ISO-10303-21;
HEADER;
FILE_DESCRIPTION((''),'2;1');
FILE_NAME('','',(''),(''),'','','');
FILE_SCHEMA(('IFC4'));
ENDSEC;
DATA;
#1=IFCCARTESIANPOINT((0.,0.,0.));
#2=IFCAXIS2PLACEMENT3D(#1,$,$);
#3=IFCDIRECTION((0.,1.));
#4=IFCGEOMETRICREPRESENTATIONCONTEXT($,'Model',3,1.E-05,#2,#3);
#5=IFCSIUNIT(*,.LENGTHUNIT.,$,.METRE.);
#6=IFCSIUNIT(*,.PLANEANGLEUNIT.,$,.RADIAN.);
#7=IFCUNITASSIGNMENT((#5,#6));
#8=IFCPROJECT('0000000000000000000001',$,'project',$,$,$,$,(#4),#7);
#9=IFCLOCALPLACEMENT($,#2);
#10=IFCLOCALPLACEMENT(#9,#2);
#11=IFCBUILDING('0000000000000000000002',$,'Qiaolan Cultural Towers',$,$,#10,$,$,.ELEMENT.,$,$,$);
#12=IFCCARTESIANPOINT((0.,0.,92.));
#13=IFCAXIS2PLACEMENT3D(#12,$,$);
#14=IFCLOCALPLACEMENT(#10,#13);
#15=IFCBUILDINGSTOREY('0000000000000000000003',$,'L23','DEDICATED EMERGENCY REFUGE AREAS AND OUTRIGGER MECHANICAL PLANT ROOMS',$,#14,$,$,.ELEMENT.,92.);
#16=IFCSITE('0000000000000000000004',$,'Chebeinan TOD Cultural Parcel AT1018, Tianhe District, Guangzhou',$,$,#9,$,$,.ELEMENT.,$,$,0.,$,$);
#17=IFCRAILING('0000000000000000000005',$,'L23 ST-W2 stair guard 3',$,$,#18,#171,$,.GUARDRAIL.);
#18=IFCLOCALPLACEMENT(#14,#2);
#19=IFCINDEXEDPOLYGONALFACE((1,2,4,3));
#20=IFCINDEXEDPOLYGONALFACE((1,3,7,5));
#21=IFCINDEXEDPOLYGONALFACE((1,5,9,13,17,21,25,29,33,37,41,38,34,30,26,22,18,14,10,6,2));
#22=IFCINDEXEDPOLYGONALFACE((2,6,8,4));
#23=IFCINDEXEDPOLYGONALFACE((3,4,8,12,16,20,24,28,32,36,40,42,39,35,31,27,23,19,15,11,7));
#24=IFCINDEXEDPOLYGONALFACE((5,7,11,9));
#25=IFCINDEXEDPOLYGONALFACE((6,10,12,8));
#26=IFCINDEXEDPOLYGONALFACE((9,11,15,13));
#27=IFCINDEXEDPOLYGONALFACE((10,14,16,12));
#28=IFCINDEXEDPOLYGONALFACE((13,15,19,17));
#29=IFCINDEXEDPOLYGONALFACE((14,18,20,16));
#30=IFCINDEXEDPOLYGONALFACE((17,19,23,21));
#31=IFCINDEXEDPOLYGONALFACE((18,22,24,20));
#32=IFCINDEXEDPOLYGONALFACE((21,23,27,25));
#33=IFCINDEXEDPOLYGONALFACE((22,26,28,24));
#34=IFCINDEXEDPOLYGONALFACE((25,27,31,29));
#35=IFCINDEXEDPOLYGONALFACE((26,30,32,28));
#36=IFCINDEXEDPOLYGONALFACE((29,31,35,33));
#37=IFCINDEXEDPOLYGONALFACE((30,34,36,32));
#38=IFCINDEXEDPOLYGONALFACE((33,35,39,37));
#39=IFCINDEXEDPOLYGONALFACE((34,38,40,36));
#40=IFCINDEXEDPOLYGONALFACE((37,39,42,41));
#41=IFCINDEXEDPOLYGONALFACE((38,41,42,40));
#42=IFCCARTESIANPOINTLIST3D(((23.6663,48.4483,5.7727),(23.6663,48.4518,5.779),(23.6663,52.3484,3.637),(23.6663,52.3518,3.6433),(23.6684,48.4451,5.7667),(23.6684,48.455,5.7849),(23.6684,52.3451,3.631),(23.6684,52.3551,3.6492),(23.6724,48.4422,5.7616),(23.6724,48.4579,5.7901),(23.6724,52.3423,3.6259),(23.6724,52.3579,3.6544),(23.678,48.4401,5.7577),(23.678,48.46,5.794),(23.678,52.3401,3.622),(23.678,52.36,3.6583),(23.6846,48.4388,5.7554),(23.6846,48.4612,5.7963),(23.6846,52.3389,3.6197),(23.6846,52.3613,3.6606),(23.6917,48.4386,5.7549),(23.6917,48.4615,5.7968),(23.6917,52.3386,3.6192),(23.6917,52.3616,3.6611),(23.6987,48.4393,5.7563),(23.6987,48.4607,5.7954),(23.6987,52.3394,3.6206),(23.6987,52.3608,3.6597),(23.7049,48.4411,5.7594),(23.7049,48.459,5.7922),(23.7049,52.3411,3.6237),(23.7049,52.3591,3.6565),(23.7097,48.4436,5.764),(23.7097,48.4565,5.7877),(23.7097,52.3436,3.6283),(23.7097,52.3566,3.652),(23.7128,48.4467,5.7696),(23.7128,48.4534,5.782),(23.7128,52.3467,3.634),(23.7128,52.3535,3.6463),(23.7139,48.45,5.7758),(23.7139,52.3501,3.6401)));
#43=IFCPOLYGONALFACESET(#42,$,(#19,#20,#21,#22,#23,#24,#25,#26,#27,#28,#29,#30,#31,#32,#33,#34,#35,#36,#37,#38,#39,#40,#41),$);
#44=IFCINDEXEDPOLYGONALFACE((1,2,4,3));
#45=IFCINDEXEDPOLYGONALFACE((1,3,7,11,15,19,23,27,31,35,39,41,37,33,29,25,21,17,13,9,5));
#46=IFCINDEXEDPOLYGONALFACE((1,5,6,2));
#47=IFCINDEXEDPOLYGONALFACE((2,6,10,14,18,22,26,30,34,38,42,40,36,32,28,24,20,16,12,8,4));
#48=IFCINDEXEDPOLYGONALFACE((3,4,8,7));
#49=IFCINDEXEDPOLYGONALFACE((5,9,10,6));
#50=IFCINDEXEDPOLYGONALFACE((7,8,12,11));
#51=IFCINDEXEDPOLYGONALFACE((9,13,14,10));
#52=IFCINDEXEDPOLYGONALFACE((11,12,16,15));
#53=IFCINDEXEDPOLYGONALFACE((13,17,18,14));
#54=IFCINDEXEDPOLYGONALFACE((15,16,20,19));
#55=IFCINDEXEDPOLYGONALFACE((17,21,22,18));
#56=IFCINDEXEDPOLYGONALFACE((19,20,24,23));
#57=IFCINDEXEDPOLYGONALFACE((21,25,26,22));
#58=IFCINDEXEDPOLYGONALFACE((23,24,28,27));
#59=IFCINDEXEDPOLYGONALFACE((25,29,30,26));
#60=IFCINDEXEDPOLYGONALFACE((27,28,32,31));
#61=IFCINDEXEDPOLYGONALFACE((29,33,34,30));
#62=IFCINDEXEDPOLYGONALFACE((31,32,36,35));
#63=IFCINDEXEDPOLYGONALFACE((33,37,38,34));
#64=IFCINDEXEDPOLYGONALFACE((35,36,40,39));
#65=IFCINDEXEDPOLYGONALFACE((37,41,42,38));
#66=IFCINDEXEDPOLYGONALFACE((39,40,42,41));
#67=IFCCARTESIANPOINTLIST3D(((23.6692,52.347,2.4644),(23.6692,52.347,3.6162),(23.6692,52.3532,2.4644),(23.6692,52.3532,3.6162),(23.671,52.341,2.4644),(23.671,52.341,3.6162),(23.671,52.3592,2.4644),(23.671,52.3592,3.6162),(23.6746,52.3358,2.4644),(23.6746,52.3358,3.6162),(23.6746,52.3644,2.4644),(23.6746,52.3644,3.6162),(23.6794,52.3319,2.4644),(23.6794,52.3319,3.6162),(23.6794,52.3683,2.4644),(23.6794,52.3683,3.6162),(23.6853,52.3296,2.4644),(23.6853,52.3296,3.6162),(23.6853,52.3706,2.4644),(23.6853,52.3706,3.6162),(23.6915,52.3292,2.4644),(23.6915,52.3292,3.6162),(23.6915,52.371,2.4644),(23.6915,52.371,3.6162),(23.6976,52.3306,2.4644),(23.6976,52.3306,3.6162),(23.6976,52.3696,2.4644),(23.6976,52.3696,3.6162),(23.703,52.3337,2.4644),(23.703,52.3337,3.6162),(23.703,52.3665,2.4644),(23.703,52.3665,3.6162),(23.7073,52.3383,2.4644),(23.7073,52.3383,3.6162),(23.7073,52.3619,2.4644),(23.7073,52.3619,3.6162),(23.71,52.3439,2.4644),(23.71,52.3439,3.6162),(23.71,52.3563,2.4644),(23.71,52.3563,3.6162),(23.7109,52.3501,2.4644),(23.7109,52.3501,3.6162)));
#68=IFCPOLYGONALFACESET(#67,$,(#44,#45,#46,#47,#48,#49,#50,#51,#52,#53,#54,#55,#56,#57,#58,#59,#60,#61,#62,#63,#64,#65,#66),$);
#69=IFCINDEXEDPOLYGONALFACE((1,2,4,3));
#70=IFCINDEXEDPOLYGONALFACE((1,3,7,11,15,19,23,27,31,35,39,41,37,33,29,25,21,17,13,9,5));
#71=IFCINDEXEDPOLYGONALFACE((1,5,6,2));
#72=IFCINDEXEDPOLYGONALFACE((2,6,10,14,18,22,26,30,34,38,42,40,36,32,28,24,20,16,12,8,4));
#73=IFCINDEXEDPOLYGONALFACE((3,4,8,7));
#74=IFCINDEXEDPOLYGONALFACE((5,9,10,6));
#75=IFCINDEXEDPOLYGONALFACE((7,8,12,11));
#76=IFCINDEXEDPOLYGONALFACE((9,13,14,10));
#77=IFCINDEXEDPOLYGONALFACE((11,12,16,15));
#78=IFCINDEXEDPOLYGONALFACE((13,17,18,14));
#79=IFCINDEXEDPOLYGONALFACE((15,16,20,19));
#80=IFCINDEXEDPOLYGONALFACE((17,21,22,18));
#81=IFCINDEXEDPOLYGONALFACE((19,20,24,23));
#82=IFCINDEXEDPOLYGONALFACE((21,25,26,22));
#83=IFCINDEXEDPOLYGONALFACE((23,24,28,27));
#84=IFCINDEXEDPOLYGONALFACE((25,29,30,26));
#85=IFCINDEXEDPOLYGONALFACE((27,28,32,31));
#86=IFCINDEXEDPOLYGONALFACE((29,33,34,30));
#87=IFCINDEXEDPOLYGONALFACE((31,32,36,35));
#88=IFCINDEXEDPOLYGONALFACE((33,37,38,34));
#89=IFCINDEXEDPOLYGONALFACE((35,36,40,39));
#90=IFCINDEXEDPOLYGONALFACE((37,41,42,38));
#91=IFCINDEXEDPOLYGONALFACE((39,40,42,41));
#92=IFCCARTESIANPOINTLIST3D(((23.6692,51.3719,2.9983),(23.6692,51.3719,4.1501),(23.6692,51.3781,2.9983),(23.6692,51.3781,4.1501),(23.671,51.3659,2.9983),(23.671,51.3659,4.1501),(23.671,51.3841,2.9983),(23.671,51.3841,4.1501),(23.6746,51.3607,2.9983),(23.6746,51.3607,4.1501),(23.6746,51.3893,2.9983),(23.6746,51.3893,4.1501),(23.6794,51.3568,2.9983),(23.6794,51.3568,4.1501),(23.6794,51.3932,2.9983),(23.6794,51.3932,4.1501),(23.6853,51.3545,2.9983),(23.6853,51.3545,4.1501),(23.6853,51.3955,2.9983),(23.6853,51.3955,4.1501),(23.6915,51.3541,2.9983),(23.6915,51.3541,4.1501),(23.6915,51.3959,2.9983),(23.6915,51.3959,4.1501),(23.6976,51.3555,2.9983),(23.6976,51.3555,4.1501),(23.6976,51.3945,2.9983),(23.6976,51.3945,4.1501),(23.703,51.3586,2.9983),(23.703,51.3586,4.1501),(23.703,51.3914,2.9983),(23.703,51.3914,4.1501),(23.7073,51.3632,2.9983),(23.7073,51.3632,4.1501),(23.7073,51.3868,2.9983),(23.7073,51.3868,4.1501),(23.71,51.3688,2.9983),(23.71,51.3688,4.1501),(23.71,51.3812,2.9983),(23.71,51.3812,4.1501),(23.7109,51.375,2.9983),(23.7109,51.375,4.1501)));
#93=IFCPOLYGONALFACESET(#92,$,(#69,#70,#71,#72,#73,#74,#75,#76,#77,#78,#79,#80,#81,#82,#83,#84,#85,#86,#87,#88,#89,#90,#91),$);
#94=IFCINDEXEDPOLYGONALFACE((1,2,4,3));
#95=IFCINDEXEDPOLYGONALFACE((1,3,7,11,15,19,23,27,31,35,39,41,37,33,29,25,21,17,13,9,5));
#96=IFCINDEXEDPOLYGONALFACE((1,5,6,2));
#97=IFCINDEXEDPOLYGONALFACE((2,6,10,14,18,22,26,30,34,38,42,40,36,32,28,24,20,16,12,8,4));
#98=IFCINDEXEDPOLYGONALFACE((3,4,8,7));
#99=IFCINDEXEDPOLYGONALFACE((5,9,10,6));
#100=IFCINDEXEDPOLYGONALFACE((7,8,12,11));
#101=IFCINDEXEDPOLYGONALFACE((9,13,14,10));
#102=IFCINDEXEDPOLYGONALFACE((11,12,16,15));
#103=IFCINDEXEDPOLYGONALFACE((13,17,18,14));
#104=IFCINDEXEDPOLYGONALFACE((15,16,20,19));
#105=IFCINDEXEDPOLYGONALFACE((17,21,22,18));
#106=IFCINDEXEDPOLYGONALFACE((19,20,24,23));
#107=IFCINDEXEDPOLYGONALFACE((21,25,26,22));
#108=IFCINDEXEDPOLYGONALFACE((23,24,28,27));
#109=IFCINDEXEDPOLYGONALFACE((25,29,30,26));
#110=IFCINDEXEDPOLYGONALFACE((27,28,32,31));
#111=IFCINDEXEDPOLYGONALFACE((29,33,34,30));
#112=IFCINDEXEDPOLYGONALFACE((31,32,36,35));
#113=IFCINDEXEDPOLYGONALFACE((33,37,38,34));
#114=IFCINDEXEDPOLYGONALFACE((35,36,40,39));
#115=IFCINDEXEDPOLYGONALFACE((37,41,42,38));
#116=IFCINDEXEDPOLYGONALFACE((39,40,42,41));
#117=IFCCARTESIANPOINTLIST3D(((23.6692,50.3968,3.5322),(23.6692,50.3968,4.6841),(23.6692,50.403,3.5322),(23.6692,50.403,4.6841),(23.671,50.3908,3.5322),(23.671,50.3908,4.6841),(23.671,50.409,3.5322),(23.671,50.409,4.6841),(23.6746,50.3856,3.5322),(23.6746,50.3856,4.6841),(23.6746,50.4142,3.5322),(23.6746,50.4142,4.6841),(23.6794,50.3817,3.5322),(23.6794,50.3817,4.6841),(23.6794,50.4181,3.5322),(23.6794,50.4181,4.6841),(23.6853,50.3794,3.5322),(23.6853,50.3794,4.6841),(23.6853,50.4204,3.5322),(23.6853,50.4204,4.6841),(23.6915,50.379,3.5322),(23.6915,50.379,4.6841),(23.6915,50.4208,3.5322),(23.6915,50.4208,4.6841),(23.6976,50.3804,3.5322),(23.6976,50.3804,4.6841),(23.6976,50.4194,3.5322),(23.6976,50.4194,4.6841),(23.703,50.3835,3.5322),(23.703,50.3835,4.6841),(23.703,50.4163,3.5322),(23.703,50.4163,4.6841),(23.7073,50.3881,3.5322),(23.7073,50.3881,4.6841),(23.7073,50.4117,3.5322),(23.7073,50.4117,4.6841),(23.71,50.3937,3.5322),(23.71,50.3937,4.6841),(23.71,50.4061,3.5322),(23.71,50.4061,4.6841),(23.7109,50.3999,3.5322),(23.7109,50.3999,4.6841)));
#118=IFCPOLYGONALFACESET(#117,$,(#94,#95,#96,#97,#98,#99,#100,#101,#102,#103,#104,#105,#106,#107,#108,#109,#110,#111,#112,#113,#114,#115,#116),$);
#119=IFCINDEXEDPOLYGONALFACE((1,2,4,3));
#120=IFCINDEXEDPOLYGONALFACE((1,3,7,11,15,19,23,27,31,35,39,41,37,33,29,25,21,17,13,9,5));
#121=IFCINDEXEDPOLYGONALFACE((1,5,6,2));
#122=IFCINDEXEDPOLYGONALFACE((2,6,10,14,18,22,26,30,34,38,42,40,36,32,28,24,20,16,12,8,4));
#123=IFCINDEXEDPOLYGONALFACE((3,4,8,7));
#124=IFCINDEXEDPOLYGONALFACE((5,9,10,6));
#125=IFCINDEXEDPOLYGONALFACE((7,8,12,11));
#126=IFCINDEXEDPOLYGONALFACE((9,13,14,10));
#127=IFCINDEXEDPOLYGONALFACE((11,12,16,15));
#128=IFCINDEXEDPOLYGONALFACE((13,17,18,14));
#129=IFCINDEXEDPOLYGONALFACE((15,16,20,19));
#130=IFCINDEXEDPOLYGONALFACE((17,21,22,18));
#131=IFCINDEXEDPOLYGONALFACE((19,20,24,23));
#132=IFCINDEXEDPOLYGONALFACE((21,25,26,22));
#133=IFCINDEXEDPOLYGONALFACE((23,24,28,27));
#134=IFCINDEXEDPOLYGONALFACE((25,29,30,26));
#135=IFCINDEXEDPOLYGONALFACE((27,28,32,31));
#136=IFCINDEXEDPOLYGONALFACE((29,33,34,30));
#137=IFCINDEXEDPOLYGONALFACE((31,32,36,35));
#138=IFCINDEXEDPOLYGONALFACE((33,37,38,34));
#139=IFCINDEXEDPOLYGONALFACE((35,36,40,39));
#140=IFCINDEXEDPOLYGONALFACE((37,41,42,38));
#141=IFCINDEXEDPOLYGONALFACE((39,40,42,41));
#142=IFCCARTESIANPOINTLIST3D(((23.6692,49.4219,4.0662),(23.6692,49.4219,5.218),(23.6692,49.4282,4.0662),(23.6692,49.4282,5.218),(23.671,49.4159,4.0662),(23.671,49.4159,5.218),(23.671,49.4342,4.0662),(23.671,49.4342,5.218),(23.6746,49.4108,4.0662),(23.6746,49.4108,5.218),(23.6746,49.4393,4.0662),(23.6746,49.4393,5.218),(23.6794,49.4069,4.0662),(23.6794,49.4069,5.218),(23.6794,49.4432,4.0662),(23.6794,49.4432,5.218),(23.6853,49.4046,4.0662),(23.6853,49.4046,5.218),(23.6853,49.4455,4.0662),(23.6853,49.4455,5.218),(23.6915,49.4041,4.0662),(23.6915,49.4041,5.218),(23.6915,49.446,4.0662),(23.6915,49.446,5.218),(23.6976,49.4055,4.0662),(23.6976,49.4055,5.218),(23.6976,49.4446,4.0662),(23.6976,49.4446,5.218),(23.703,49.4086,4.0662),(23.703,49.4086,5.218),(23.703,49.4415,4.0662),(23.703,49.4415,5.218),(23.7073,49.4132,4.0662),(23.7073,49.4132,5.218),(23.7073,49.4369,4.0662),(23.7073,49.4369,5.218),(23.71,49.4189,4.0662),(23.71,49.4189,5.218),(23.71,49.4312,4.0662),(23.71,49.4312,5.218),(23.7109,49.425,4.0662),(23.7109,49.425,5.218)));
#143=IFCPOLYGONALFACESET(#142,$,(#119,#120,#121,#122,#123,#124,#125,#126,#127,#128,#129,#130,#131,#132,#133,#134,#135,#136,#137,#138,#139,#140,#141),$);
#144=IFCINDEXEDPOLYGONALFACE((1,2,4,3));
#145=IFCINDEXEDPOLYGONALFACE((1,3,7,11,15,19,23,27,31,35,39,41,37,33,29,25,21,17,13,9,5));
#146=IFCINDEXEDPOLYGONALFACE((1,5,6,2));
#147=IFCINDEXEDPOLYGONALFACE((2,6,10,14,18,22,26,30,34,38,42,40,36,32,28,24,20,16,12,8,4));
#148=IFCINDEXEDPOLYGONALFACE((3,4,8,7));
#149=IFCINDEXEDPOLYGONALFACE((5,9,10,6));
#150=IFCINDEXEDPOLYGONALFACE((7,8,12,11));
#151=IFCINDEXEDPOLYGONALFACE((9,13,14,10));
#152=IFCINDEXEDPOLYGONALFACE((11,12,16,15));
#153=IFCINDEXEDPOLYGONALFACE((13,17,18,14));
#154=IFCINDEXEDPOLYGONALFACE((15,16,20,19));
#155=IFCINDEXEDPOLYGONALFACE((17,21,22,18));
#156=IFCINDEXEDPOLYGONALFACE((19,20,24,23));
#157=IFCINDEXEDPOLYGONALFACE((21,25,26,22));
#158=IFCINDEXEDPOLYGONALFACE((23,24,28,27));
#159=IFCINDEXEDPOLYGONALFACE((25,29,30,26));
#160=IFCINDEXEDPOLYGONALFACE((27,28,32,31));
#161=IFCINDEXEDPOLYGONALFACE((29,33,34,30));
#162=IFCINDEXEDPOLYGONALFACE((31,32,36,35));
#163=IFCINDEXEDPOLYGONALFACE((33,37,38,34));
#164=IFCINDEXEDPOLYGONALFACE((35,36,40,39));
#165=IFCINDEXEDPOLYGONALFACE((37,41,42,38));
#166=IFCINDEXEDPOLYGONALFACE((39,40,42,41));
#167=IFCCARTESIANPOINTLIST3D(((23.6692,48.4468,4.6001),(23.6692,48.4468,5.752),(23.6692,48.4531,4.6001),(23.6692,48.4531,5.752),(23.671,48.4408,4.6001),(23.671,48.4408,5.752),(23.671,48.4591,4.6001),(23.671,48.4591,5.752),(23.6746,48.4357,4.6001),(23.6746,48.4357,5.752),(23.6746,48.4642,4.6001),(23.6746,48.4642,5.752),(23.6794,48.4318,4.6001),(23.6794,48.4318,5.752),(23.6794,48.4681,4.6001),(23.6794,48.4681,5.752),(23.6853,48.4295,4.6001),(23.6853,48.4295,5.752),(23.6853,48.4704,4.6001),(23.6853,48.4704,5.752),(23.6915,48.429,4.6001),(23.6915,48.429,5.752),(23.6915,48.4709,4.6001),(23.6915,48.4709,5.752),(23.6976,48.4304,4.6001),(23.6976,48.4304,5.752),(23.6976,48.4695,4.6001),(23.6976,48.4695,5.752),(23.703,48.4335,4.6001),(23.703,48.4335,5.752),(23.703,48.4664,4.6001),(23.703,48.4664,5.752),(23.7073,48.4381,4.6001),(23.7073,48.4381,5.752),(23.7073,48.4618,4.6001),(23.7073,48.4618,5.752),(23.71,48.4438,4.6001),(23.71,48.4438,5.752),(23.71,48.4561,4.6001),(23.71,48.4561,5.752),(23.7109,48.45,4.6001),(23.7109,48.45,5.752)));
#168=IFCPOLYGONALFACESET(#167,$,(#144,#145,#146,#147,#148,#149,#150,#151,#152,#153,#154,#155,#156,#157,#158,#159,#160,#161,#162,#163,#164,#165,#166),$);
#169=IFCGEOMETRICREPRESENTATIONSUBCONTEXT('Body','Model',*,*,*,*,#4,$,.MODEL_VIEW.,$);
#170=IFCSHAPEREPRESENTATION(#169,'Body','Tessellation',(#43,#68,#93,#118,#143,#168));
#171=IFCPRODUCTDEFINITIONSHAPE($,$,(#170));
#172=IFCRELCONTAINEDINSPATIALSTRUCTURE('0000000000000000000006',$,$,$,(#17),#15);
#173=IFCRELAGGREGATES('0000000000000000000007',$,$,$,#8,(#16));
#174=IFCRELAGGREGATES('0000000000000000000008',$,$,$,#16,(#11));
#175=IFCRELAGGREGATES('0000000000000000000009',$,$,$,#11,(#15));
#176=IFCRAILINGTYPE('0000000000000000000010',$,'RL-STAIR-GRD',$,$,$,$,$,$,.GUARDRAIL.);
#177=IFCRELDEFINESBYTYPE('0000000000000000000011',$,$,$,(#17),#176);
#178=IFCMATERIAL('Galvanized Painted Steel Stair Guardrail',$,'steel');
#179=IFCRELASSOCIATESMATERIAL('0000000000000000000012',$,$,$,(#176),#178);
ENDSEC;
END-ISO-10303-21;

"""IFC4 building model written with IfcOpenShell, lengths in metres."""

from ifc_helpers import new_model, si_unit, direction, frame, origin, origin_2d, place, context, subcontext, project, spatial, circle, extrude, material, type_object, element, save


model = new_model("IFC4")

# Units and contexts
model_context = context("Model", 3, precision=1e-05, world=origin(), true_north=direction((0.0, 1.0)))
body_context = subcontext(model_context, "Body", "Model", "MODEL_VIEW")
ifc_project = project(units=[si_unit("LENGTHUNIT", "METRE"), si_unit("PLANEANGLEUNIT", "RADIAN")], contexts=[model_context])

# Site, building, storey
site_placement = place(None, origin())
site = spatial("IfcSite", under=ifc_project, at=site_placement, Name="Chebeinan TOD Cultural Parcel AT1018, Tianhe District, Guangzhou", CompositionType="ELEMENT", RefElevation=0.0)
building_placement = place(site_placement, origin())
building = spatial("IfcBuilding", under=site, at=building_placement, Name="Qiaolan Cultural Towers", CompositionType="ELEMENT")
storey_placement = place(building_placement, frame((0.0, 0.0, 92.0)))
storey = spatial("IfcBuildingStorey", under=building, at=storey_placement, Name="L23", Description="DEDICATED EMERGENCY REFUGE AREAS AND OUTRIGGER MECHANICAL PLANT ROOMS", CompositionType="ELEMENT", Elevation=92.0)

# Railing
ifc_material_1 = material(Name="Galvanized Painted Steel Stair Guardrail", Category="steel")
railing_type_1 = type_object("IfcRailingType", Name="RL-STAIR-GRD", PredefinedType="GUARDRAIL", material=ifc_material_1)
railing_1_placement = place(storey_placement, frame((23.6899, 52.3501, 2.4644)))
element("IfcRailing", 1, at=railing_1_placement, inside=storey, type_object=railing_type_1, Name="L23 ST-W2 stair guard 3", PredefinedType="GUARDRAIL", context=body_context, shape_type="SweptSolid", body=[
    extrude(circle(Radius=0.0239, at=origin_2d()), frame((0.0, 0.0, 1.1758), z_axis=(0.0, -0.877101, 0.480306), x_axis=(1.0, 0.0, 0.0)), (0.0, 0.0, 1.0), 4.4465),
    extrude(circle(Radius=0.021, at=origin_2d()), origin(), (0.0, 0.0, 1.0), 1.1519),
    extrude(circle(Radius=0.021, at=origin_2d()), frame((0.0, -0.9751, 0.5339)), (0.0, 0.0, 1.0), 1.1519),
    extrude(circle(Radius=0.021, at=origin_2d()), frame((0.0, -1.9502, 1.0679)), (0.0, 0.0, 1.0), 1.1519),
    extrude(circle(Radius=0.021, at=origin_2d()), frame((0.0, -2.925, 1.6018)), (0.0, 0.0, 1.0), 1.1519),
    extrude(circle(Radius=0.021, at=origin_2d()), frame((0.0, -3.9001, 2.1357)), (0.0, 0.0, 1.0), 1.1519),
])

save(model, "model.ifc")
